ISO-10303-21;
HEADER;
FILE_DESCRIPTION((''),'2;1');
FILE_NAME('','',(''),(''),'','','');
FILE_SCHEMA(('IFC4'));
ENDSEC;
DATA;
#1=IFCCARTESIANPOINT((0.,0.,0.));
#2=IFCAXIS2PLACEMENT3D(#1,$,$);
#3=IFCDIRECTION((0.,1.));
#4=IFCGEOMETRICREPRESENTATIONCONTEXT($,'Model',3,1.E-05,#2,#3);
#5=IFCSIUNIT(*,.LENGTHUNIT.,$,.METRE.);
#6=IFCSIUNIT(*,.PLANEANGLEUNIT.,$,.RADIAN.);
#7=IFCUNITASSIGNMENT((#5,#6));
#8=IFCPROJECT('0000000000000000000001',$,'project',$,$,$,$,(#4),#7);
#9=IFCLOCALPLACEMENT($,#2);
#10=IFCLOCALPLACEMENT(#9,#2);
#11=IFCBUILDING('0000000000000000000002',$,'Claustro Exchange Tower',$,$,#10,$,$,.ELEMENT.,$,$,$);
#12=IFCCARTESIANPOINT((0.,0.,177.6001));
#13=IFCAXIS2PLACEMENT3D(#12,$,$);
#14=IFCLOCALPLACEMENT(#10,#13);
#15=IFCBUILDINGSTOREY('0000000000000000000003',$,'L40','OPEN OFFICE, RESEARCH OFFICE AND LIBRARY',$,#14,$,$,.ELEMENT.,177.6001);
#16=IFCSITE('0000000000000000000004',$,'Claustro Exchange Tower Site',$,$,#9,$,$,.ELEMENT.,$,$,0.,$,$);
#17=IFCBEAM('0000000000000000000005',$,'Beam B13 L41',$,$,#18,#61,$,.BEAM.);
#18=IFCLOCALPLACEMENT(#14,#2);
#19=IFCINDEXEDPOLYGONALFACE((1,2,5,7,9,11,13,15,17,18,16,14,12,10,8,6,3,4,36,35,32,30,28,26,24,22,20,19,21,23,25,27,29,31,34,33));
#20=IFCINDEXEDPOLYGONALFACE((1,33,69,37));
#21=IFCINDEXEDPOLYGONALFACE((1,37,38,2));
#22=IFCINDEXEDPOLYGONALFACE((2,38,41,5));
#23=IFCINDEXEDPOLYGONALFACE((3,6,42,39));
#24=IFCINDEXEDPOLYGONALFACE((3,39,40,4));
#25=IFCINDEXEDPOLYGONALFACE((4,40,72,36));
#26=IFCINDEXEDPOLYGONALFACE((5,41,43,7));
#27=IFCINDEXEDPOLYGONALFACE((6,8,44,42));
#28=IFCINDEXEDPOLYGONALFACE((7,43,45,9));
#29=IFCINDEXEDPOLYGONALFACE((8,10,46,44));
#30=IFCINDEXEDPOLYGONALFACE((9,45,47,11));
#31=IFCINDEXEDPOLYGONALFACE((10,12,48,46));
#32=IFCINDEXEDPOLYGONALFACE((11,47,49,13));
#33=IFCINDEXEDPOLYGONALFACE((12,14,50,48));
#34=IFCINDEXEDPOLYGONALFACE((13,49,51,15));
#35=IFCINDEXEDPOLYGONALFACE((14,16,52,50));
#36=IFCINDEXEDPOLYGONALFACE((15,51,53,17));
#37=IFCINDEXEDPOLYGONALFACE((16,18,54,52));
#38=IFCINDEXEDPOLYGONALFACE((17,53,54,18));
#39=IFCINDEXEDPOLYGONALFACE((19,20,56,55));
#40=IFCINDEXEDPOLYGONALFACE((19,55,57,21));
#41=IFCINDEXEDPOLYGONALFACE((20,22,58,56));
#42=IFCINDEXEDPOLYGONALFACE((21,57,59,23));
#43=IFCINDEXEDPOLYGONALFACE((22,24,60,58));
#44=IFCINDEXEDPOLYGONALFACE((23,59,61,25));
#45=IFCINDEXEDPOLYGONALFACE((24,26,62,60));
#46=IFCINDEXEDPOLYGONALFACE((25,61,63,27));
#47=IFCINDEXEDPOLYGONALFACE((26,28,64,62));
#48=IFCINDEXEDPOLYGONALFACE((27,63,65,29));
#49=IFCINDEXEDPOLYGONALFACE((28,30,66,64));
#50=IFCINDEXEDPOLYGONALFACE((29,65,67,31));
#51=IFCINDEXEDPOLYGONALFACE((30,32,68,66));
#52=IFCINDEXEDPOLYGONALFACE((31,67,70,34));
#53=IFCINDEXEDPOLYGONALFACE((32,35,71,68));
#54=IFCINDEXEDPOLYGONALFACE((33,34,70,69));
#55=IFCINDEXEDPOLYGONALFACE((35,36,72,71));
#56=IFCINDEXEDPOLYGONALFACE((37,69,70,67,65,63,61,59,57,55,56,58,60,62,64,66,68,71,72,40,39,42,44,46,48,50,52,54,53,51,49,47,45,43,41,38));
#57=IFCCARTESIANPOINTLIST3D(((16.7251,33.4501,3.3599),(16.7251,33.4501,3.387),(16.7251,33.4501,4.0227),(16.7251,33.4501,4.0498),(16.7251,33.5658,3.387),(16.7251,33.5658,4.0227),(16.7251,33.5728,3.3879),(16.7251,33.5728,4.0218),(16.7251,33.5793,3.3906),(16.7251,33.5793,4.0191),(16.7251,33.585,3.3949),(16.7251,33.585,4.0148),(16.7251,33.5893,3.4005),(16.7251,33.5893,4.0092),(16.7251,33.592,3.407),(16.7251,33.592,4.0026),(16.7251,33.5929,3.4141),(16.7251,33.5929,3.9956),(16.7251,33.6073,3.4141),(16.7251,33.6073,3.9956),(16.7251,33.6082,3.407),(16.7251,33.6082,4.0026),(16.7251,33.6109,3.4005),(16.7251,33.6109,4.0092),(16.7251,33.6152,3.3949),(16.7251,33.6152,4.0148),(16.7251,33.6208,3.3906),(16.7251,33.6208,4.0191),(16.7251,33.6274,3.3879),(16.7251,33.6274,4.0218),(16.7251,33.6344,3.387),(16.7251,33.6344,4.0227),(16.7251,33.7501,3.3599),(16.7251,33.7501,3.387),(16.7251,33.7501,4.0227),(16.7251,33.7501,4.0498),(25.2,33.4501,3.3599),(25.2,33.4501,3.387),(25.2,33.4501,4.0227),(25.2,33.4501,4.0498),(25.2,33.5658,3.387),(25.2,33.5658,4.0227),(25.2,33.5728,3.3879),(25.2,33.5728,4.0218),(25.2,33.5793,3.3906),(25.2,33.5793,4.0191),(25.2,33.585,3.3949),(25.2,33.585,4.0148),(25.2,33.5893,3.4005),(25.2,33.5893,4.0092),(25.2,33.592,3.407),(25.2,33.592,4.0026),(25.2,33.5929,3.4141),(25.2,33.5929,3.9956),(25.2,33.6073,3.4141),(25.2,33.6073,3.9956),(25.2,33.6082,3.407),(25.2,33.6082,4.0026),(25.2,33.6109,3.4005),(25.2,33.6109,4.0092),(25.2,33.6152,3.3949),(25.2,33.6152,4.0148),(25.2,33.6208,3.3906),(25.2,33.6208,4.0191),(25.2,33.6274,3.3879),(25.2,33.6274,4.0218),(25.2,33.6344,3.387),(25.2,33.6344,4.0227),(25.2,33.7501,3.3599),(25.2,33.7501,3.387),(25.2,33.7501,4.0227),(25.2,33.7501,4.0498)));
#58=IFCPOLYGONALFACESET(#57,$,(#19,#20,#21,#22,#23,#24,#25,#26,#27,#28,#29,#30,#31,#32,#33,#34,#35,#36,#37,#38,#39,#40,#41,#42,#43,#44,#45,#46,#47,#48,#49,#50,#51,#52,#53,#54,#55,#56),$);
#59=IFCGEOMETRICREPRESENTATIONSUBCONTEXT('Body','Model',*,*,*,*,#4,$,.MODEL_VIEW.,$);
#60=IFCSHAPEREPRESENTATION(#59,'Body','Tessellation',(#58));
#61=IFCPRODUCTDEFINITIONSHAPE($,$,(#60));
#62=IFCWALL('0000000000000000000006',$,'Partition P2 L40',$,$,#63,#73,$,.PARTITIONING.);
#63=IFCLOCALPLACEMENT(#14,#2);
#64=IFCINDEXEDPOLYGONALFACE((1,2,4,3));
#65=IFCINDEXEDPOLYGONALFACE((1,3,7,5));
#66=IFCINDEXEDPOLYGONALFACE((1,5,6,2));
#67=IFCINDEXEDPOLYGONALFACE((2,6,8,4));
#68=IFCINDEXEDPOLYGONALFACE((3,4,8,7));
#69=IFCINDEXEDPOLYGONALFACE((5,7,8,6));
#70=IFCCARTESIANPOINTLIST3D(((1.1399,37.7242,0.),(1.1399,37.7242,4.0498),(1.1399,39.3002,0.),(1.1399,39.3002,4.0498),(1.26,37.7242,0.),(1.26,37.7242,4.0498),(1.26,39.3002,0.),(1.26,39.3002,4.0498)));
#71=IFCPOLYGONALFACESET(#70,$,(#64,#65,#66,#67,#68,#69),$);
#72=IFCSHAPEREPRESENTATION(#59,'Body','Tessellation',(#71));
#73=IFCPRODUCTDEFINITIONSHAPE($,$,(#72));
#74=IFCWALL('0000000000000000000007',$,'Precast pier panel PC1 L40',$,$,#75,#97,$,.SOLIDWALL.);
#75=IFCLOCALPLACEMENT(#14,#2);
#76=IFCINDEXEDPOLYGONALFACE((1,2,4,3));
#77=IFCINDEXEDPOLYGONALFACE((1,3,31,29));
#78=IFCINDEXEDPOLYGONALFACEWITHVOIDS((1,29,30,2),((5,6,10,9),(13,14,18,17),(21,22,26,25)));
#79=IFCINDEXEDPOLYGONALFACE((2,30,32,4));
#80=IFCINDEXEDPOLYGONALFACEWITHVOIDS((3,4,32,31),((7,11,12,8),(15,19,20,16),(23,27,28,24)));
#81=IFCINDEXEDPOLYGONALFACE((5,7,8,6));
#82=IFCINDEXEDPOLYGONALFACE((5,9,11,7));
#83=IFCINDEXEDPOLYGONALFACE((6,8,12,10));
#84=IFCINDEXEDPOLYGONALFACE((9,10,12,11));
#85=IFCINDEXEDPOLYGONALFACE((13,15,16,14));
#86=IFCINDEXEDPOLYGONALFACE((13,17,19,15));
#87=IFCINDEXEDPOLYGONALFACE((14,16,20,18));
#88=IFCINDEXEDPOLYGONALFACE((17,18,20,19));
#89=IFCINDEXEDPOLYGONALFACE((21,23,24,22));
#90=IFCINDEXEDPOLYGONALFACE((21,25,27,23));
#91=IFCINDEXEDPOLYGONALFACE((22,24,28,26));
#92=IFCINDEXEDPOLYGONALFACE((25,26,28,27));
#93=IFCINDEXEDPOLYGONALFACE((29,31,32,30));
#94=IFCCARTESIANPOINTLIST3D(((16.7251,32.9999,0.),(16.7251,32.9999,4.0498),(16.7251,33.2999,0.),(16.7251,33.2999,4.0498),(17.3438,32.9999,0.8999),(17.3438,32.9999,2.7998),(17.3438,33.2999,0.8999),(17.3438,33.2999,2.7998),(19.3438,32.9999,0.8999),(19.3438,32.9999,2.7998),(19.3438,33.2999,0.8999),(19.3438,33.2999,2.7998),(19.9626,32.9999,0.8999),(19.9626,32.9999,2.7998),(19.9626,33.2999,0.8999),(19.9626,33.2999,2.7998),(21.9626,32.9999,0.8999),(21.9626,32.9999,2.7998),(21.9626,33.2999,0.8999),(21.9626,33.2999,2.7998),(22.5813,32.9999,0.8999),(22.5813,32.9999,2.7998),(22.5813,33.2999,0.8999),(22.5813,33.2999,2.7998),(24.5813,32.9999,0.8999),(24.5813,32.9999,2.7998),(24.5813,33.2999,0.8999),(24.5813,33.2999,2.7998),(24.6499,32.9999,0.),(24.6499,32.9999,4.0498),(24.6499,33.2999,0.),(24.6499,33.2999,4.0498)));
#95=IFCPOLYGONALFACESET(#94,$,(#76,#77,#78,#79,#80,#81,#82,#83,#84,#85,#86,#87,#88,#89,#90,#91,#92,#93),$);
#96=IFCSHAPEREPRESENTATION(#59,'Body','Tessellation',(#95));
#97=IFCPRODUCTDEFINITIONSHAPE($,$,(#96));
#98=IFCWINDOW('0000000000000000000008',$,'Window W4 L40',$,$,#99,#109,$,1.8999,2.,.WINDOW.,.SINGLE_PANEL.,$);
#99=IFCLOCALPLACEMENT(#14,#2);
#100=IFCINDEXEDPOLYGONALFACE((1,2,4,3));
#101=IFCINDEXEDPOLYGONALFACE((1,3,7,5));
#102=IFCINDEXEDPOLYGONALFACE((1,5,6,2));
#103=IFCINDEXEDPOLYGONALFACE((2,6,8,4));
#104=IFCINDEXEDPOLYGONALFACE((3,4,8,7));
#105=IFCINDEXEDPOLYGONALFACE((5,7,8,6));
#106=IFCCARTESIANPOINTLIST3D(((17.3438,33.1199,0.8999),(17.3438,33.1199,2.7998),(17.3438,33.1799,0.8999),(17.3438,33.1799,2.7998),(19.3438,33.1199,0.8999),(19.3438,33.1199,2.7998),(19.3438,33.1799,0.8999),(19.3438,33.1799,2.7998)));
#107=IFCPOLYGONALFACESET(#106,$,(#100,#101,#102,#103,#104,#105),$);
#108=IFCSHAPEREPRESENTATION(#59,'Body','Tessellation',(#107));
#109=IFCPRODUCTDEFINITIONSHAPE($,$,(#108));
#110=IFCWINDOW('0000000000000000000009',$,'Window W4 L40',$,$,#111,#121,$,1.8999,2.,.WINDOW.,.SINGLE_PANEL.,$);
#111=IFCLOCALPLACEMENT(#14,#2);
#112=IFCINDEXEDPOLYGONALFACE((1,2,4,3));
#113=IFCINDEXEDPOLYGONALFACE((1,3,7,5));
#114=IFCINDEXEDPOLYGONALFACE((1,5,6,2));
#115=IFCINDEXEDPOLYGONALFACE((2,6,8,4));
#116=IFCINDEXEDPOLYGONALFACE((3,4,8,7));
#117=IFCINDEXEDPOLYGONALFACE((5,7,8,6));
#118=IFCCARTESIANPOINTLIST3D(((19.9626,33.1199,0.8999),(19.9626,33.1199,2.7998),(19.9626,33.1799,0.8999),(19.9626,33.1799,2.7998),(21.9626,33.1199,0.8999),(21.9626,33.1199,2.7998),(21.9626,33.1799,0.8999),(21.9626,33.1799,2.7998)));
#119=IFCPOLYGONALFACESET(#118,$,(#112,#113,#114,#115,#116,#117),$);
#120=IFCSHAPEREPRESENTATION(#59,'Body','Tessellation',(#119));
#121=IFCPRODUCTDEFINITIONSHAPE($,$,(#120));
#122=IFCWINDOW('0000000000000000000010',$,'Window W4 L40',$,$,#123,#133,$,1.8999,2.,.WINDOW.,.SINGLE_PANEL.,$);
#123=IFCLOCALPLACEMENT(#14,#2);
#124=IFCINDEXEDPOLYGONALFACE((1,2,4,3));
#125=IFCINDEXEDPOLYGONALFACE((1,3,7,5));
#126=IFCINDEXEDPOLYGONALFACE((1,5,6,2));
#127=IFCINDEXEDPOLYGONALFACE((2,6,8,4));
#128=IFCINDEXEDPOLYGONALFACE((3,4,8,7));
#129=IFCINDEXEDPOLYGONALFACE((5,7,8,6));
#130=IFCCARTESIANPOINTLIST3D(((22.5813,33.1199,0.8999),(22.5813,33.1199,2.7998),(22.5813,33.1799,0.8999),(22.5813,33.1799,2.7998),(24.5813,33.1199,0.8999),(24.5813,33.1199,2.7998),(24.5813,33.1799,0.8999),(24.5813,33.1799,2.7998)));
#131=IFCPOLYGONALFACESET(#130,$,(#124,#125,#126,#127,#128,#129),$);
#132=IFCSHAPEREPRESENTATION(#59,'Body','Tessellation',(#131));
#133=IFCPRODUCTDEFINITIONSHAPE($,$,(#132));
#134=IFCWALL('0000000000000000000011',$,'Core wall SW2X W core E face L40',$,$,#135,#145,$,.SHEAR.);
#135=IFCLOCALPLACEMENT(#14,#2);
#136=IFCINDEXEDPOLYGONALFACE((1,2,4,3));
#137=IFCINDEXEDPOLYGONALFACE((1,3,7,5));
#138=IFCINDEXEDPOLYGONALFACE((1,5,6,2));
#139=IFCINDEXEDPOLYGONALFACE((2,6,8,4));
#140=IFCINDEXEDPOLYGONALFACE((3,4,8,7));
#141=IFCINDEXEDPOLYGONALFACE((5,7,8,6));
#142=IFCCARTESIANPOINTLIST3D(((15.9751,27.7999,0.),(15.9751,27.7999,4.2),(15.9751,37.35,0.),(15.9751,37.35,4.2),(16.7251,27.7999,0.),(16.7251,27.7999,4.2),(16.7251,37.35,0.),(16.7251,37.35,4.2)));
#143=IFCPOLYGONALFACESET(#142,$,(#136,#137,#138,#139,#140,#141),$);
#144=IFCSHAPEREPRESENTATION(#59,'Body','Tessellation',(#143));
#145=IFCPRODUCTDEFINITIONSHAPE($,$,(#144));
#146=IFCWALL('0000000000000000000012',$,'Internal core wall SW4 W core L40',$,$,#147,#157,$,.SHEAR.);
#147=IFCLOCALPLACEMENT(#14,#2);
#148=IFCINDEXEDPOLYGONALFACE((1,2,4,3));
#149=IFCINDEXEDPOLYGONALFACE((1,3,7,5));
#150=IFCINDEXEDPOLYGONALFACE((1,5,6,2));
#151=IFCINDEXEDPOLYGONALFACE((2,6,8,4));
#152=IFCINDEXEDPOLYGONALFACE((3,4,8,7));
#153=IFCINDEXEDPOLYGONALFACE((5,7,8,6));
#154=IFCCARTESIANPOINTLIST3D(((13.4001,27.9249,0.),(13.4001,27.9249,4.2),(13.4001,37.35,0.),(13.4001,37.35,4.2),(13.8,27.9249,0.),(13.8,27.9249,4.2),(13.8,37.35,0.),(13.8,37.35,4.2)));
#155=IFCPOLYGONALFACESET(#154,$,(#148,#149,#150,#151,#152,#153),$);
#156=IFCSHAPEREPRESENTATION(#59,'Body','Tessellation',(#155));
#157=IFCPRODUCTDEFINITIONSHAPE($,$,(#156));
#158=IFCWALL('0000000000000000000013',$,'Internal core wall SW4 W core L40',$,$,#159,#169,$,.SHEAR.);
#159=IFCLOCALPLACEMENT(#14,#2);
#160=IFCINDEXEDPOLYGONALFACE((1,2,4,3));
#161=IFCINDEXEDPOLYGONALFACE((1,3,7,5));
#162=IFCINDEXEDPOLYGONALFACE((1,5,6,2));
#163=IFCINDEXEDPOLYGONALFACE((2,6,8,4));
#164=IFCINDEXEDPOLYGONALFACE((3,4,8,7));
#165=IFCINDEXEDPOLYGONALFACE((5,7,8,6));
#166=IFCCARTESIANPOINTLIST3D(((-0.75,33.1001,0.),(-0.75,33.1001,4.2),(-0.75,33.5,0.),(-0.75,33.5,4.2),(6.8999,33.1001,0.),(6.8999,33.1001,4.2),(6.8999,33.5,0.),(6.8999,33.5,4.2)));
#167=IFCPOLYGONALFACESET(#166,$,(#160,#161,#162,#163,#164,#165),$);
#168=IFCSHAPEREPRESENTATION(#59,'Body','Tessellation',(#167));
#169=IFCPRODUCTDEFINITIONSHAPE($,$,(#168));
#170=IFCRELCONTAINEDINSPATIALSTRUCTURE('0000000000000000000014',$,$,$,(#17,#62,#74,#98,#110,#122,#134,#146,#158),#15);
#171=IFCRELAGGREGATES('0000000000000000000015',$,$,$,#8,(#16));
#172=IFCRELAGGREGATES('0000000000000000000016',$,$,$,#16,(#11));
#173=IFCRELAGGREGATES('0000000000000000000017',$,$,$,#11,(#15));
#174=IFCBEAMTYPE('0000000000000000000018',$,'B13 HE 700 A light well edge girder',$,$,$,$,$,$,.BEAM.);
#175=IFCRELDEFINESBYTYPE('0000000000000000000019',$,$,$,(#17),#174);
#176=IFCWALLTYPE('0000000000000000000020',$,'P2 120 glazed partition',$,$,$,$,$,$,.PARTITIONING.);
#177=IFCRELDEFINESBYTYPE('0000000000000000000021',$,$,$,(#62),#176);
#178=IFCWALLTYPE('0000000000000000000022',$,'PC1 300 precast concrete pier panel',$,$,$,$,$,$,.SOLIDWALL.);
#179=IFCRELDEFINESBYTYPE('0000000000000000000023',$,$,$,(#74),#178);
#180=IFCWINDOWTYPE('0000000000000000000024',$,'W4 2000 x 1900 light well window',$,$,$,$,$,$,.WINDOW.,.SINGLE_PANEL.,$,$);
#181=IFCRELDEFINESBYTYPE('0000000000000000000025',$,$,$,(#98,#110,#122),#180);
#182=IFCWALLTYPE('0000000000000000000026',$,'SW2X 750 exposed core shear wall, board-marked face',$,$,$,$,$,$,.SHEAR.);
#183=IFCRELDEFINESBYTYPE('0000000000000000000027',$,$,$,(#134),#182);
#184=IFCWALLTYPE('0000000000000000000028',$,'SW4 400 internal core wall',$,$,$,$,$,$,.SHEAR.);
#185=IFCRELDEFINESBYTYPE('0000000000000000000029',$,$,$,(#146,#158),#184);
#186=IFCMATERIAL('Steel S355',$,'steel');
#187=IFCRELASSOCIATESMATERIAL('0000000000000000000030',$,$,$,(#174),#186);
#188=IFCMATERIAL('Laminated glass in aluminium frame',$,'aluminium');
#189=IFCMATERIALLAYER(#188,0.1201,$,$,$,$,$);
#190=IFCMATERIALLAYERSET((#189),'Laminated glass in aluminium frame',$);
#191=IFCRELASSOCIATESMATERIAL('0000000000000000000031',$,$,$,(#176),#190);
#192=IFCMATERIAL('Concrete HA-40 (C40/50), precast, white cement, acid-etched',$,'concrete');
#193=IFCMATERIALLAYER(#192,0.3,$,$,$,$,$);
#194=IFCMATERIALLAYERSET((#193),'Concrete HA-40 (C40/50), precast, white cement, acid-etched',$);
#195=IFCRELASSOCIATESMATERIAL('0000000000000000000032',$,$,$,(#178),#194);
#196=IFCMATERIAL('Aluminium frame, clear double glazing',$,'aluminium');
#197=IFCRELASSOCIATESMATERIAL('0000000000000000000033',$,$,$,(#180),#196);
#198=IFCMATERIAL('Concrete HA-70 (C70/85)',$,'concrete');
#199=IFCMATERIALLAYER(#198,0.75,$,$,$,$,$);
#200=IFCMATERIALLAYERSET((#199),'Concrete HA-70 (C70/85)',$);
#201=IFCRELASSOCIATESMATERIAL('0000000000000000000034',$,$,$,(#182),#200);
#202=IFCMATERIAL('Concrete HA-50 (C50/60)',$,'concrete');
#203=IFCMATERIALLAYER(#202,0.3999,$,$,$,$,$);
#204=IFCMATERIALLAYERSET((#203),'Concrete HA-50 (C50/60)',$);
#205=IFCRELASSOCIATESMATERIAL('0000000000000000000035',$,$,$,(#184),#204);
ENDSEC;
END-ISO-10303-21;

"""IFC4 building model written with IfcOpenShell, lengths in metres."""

from ifc_helpers import new_model, si_unit, direction, frame, frame_2d, origin, origin_2d, place, context, subcontext, project, spatial, rectangle, i_section, extrude, material, layer, layer_set, material_profile, profile_set, type_object, element, fill, save


model = new_model("IFC4")

# Units and contexts
model_context = context("Model", 3, precision=1e-05, world=origin(), true_north=direction((0.0, 1.0)))
body_context = subcontext(model_context, "Body", "Model", "MODEL_VIEW")
ifc_project = project(units=[si_unit("LENGTHUNIT", "METRE"), si_unit("PLANEANGLEUNIT", "RADIAN")], contexts=[model_context])

# Site, building, storey
site_placement = place(None, origin())
site = spatial("IfcSite", under=ifc_project, at=site_placement, Name="Claustro Exchange Tower Site", CompositionType="ELEMENT", RefElevation=0.0)
building_placement = place(site_placement, origin())
building = spatial("IfcBuilding", under=site, at=building_placement, Name="Claustro Exchange Tower", CompositionType="ELEMENT")
storey_placement = place(building_placement, frame((0.0, 0.0, 177.6001)))
storey = spatial("IfcBuildingStorey", under=building, at=storey_placement, Name="L40", Description="OPEN OFFICE, RESEARCH OFFICE AND LIBRARY", CompositionType="ELEMENT", Elevation=177.6001)

# Beam
ifc_material_1 = material(Name="Steel S355", Category="steel")
ifc_material_profile = material_profile(ifc_material_1, i_section(OverallWidth=0.3, OverallDepth=0.6899, WebThickness=0.0144, FlangeThickness=0.0271, FilletRadius=0.0271, at=origin_2d()), Name="HE 700 A")
ifc_profile_set = profile_set([ifc_material_profile], Name="Steel S355")
beam_type = type_object("IfcBeamType", Name="B13 HE 700 A light well edge girder", PredefinedType="BEAM", material=ifc_profile_set)
beam_placement = place(storey_placement, frame((16.7251, 33.6001, 3.7048), z_axis=(1.0, 0.0, 0.0), x_axis=(0.0, 1.0, 0.0)))
element("IfcBeam", 1, at=beam_placement, inside=storey, type_object=beam_type, Name="Beam B13 L41", PredefinedType="BEAM", context=body_context, shape_type="SweptSolid", body=[
    extrude(i_section(OverallWidth=0.3, OverallDepth=0.6899, WebThickness=0.0144, FlangeThickness=0.0271, FilletRadius=0.0271, at=origin_2d()), origin(), (0.0, 0.0, 1.0), 8.4749),
])

# Shared definitions
ifc_material_2 = material(Name="Laminated glass in aluminium frame", Category="aluminium")
ifc_layer_1 = layer(ifc_material_2, 0.1201)
ifc_layer_set_1 = layer_set([ifc_layer_1], Name="Laminated glass in aluminium frame")
wall_type_1 = type_object("IfcWallType", Name="P2 120 glazed partition", PredefinedType="PARTITIONING", material=ifc_layer_set_1)

# Wall
wall_1_placement = place(storey_placement, frame((1.2, 37.7241, 0.0), z_axis=(0.0, 0.0, 1.0), x_axis=(0.0, 1.0, 0.0)))
element("IfcWall", 2, at=wall_1_placement, inside=storey, type_object=wall_type_1, Name="Partition P2 L40", PredefinedType="PARTITIONING", context=body_context, shape_type="SweptSolid", body=[
    extrude(rectangle(XDim=1.5759, YDim=0.1201, at=frame_2d((0.7881, 0.0))), origin(), (0.0, 0.0, 1.0), 4.0498),
])

# Wall, openings, windows
ifc_material_3 = material(Name="Concrete HA-40 (C40/50), precast, white cement, acid-etched", Category="concrete")
ifc_layer_2 = layer(ifc_material_3, 0.3)
ifc_layer_set_2 = layer_set([ifc_layer_2], Name="Concrete HA-40 (C40/50), precast, white cement, acid-etched")
wall_type_2 = type_object("IfcWallType", Name="PC1 300 precast concrete pier panel", PredefinedType="SOLIDWALL", material=ifc_layer_set_2)
wall_2_placement = place(storey_placement, frame((16.7251, 33.1499, 0.0), z_axis=(0.0, 0.0, 1.0), x_axis=(1.0, 0.0, 0.0)))
wall_2 = element("IfcWall", 3, at=wall_2_placement, inside=storey, type_object=wall_type_2, Name="Precast pier panel PC1 L40", PredefinedType="SOLIDWALL", context=body_context, shape_type="SweptSolid", body=[
    extrude(rectangle(XDim=7.9248, YDim=0.3, at=frame_2d((3.9624, 0.0))), origin(), (0.0, 0.0, 1.0), 4.0498),
])
opening_1_placement = place(wall_2_placement, frame((0.6187, 0.0, 0.8999)))
opening_1 = element("IfcOpeningElement", 4, at=opening_1_placement, cuts=wall_2, PredefinedType="OPENING", context=body_context, shape_type="SweptSolid", body=[
    extrude(rectangle(XDim=2.0, YDim=1.8999, at=frame_2d((1.0, 0.95))), frame((0.0, 0.1599, 0.0), z_axis=(0.0, -1.0, 0.0), x_axis=(1.0, 0.0, 0.0)), (0.0, 0.0, 1.0), 0.3201),
])
opening_2_placement = place(wall_2_placement, frame((3.2375, 0.0, 0.8999)))
opening_2 = element("IfcOpeningElement", 5, at=opening_2_placement, cuts=wall_2, PredefinedType="OPENING", context=body_context, shape_type="SweptSolid", body=[
    extrude(rectangle(XDim=2.0, YDim=1.8999, at=frame_2d((1.0, 0.95))), frame((0.0, 0.1599, 0.0), z_axis=(0.0, -1.0, 0.0), x_axis=(1.0, 0.0, 0.0)), (0.0, 0.0, 1.0), 0.3201),
])
opening_3_placement = place(wall_2_placement, frame((5.8562, 0.0, 0.8999)))
opening_3 = element("IfcOpeningElement", 6, at=opening_3_placement, cuts=wall_2, PredefinedType="OPENING", context=body_context, shape_type="SweptSolid", body=[
    extrude(rectangle(XDim=2.0, YDim=1.8999, at=frame_2d((1.0, 0.95))), frame((0.0, 0.1599, 0.0), z_axis=(0.0, -1.0, 0.0), x_axis=(1.0, 0.0, 0.0)), (0.0, 0.0, 1.0), 0.3201),
])
ifc_material_4 = material(Name="Aluminium frame, clear double glazing", Category="aluminium")
window_type = type_object("IfcWindowType", Name="W4 2000 x 1900 light well window", PartitioningType="SINGLE_PANEL", PredefinedType="WINDOW", material=ifc_material_4)
window_1_placement = place(opening_1_placement, origin())
window_1 = element("IfcWindow", 7, at=window_1_placement, inside=storey, type_object=window_type, Name="Window W4 L40", OverallHeight=1.8999, OverallWidth=2.0, PartitioningType="SINGLE_PANEL", PredefinedType="WINDOW", context=body_context, shape_type="SweptSolid", body=[
    extrude(rectangle(XDim=2.0, YDim=1.8999, at=frame_2d((1.0, 0.95))), frame((0.0, 0.03, 0.0), z_axis=(0.0, -1.0, 0.0), x_axis=(1.0, 0.0, 0.0)), (0.0, 0.0, 1.0), 0.0601),
])
fill(opening_1, window_1)
window_2_placement = place(opening_2_placement, origin())
window_2 = element("IfcWindow", 8, at=window_2_placement, inside=storey, type_object=window_type, Name="Window W4 L40", OverallHeight=1.8999, OverallWidth=2.0, PartitioningType="SINGLE_PANEL", PredefinedType="WINDOW", context=body_context, shape_type="SweptSolid", body=[
    extrude(rectangle(XDim=2.0, YDim=1.8999, at=frame_2d((1.0, 0.95))), frame((0.0, 0.03, 0.0), z_axis=(0.0, -1.0, 0.0), x_axis=(1.0, 0.0, 0.0)), (0.0, 0.0, 1.0), 0.0601),
])
fill(opening_2, window_2)
window_3_placement = place(opening_3_placement, origin())
window_3 = element("IfcWindow", 9, at=window_3_placement, inside=storey, type_object=window_type, Name="Window W4 L40", OverallHeight=1.8999, OverallWidth=2.0, PartitioningType="SINGLE_PANEL", PredefinedType="WINDOW", context=body_context, shape_type="SweptSolid", body=[
    extrude(rectangle(XDim=2.0, YDim=1.8999, at=frame_2d((1.0, 0.95))), frame((0.0, 0.03, 0.0), z_axis=(0.0, -1.0, 0.0), x_axis=(1.0, 0.0, 0.0)), (0.0, 0.0, 1.0), 0.0601),
])
fill(opening_3, window_3)

# Walls
ifc_material_5 = material(Name="Concrete HA-70 (C70/85)", Category="concrete")
ifc_layer_3 = layer(ifc_material_5, 0.75)
ifc_layer_set_3 = layer_set([ifc_layer_3], Name="Concrete HA-70 (C70/85)")
wall_type_3 = type_object("IfcWallType", Name="SW2X 750 exposed core shear wall, board-marked face", PredefinedType="SHEAR", material=ifc_layer_set_3)
wall_3_placement = place(storey_placement, frame((16.3501, 27.8, 0.0), z_axis=(0.0, 0.0, 1.0), x_axis=(0.0, 1.0, 0.0)))
element("IfcWall", 10, at=wall_3_placement, inside=storey, type_object=wall_type_3, Name="Core wall SW2X W core E face L40", PredefinedType="SHEAR", context=body_context, shape_type="SweptSolid", body=[
    extrude(rectangle(XDim=9.55, YDim=0.75, at=frame_2d((4.7749, 0.0))), origin(), (0.0, 0.0, 1.0), 4.2),
])
ifc_material_6 = material(Name="Concrete HA-50 (C50/60)", Category="concrete")
ifc_layer_4 = layer(ifc_material_6, 0.3999)
ifc_layer_set_4 = layer_set([ifc_layer_4], Name="Concrete HA-50 (C50/60)")
wall_type_4 = type_object("IfcWallType", Name="SW4 400 internal core wall", PredefinedType="SHEAR", material=ifc_layer_set_4)
wall_4_placement = place(storey_placement, frame((13.6001, 27.925, 0.0), z_axis=(0.0, 0.0, 1.0), x_axis=(0.0, 1.0, 0.0)))
element("IfcWall", 11, at=wall_4_placement, inside=storey, type_object=wall_type_4, Name="Internal core wall SW4 W core L40", PredefinedType="SHEAR", context=body_context, shape_type="SweptSolid", body=[
    extrude(rectangle(XDim=9.425, YDim=0.3999, at=frame_2d((4.7124, 0.0))), origin(), (0.0, 0.0, 1.0), 4.2),
])
wall_5_placement = place(storey_placement, frame((-0.75, 33.3, 0.0), z_axis=(0.0, 0.0, 1.0), x_axis=(1.0, 0.0, 0.0)))
element("IfcWall", 12, at=wall_5_placement, inside=storey, type_object=wall_type_4, Name="Internal core wall SW4 W core L40", PredefinedType="SHEAR", context=body_context, shape_type="SweptSolid", body=[
    extrude(rectangle(XDim=7.6499, YDim=0.3999, at=frame_2d((3.825, 0.0))), origin(), (0.0, 0.0, 1.0), 4.2),
])

save(model, "model.ifc")
